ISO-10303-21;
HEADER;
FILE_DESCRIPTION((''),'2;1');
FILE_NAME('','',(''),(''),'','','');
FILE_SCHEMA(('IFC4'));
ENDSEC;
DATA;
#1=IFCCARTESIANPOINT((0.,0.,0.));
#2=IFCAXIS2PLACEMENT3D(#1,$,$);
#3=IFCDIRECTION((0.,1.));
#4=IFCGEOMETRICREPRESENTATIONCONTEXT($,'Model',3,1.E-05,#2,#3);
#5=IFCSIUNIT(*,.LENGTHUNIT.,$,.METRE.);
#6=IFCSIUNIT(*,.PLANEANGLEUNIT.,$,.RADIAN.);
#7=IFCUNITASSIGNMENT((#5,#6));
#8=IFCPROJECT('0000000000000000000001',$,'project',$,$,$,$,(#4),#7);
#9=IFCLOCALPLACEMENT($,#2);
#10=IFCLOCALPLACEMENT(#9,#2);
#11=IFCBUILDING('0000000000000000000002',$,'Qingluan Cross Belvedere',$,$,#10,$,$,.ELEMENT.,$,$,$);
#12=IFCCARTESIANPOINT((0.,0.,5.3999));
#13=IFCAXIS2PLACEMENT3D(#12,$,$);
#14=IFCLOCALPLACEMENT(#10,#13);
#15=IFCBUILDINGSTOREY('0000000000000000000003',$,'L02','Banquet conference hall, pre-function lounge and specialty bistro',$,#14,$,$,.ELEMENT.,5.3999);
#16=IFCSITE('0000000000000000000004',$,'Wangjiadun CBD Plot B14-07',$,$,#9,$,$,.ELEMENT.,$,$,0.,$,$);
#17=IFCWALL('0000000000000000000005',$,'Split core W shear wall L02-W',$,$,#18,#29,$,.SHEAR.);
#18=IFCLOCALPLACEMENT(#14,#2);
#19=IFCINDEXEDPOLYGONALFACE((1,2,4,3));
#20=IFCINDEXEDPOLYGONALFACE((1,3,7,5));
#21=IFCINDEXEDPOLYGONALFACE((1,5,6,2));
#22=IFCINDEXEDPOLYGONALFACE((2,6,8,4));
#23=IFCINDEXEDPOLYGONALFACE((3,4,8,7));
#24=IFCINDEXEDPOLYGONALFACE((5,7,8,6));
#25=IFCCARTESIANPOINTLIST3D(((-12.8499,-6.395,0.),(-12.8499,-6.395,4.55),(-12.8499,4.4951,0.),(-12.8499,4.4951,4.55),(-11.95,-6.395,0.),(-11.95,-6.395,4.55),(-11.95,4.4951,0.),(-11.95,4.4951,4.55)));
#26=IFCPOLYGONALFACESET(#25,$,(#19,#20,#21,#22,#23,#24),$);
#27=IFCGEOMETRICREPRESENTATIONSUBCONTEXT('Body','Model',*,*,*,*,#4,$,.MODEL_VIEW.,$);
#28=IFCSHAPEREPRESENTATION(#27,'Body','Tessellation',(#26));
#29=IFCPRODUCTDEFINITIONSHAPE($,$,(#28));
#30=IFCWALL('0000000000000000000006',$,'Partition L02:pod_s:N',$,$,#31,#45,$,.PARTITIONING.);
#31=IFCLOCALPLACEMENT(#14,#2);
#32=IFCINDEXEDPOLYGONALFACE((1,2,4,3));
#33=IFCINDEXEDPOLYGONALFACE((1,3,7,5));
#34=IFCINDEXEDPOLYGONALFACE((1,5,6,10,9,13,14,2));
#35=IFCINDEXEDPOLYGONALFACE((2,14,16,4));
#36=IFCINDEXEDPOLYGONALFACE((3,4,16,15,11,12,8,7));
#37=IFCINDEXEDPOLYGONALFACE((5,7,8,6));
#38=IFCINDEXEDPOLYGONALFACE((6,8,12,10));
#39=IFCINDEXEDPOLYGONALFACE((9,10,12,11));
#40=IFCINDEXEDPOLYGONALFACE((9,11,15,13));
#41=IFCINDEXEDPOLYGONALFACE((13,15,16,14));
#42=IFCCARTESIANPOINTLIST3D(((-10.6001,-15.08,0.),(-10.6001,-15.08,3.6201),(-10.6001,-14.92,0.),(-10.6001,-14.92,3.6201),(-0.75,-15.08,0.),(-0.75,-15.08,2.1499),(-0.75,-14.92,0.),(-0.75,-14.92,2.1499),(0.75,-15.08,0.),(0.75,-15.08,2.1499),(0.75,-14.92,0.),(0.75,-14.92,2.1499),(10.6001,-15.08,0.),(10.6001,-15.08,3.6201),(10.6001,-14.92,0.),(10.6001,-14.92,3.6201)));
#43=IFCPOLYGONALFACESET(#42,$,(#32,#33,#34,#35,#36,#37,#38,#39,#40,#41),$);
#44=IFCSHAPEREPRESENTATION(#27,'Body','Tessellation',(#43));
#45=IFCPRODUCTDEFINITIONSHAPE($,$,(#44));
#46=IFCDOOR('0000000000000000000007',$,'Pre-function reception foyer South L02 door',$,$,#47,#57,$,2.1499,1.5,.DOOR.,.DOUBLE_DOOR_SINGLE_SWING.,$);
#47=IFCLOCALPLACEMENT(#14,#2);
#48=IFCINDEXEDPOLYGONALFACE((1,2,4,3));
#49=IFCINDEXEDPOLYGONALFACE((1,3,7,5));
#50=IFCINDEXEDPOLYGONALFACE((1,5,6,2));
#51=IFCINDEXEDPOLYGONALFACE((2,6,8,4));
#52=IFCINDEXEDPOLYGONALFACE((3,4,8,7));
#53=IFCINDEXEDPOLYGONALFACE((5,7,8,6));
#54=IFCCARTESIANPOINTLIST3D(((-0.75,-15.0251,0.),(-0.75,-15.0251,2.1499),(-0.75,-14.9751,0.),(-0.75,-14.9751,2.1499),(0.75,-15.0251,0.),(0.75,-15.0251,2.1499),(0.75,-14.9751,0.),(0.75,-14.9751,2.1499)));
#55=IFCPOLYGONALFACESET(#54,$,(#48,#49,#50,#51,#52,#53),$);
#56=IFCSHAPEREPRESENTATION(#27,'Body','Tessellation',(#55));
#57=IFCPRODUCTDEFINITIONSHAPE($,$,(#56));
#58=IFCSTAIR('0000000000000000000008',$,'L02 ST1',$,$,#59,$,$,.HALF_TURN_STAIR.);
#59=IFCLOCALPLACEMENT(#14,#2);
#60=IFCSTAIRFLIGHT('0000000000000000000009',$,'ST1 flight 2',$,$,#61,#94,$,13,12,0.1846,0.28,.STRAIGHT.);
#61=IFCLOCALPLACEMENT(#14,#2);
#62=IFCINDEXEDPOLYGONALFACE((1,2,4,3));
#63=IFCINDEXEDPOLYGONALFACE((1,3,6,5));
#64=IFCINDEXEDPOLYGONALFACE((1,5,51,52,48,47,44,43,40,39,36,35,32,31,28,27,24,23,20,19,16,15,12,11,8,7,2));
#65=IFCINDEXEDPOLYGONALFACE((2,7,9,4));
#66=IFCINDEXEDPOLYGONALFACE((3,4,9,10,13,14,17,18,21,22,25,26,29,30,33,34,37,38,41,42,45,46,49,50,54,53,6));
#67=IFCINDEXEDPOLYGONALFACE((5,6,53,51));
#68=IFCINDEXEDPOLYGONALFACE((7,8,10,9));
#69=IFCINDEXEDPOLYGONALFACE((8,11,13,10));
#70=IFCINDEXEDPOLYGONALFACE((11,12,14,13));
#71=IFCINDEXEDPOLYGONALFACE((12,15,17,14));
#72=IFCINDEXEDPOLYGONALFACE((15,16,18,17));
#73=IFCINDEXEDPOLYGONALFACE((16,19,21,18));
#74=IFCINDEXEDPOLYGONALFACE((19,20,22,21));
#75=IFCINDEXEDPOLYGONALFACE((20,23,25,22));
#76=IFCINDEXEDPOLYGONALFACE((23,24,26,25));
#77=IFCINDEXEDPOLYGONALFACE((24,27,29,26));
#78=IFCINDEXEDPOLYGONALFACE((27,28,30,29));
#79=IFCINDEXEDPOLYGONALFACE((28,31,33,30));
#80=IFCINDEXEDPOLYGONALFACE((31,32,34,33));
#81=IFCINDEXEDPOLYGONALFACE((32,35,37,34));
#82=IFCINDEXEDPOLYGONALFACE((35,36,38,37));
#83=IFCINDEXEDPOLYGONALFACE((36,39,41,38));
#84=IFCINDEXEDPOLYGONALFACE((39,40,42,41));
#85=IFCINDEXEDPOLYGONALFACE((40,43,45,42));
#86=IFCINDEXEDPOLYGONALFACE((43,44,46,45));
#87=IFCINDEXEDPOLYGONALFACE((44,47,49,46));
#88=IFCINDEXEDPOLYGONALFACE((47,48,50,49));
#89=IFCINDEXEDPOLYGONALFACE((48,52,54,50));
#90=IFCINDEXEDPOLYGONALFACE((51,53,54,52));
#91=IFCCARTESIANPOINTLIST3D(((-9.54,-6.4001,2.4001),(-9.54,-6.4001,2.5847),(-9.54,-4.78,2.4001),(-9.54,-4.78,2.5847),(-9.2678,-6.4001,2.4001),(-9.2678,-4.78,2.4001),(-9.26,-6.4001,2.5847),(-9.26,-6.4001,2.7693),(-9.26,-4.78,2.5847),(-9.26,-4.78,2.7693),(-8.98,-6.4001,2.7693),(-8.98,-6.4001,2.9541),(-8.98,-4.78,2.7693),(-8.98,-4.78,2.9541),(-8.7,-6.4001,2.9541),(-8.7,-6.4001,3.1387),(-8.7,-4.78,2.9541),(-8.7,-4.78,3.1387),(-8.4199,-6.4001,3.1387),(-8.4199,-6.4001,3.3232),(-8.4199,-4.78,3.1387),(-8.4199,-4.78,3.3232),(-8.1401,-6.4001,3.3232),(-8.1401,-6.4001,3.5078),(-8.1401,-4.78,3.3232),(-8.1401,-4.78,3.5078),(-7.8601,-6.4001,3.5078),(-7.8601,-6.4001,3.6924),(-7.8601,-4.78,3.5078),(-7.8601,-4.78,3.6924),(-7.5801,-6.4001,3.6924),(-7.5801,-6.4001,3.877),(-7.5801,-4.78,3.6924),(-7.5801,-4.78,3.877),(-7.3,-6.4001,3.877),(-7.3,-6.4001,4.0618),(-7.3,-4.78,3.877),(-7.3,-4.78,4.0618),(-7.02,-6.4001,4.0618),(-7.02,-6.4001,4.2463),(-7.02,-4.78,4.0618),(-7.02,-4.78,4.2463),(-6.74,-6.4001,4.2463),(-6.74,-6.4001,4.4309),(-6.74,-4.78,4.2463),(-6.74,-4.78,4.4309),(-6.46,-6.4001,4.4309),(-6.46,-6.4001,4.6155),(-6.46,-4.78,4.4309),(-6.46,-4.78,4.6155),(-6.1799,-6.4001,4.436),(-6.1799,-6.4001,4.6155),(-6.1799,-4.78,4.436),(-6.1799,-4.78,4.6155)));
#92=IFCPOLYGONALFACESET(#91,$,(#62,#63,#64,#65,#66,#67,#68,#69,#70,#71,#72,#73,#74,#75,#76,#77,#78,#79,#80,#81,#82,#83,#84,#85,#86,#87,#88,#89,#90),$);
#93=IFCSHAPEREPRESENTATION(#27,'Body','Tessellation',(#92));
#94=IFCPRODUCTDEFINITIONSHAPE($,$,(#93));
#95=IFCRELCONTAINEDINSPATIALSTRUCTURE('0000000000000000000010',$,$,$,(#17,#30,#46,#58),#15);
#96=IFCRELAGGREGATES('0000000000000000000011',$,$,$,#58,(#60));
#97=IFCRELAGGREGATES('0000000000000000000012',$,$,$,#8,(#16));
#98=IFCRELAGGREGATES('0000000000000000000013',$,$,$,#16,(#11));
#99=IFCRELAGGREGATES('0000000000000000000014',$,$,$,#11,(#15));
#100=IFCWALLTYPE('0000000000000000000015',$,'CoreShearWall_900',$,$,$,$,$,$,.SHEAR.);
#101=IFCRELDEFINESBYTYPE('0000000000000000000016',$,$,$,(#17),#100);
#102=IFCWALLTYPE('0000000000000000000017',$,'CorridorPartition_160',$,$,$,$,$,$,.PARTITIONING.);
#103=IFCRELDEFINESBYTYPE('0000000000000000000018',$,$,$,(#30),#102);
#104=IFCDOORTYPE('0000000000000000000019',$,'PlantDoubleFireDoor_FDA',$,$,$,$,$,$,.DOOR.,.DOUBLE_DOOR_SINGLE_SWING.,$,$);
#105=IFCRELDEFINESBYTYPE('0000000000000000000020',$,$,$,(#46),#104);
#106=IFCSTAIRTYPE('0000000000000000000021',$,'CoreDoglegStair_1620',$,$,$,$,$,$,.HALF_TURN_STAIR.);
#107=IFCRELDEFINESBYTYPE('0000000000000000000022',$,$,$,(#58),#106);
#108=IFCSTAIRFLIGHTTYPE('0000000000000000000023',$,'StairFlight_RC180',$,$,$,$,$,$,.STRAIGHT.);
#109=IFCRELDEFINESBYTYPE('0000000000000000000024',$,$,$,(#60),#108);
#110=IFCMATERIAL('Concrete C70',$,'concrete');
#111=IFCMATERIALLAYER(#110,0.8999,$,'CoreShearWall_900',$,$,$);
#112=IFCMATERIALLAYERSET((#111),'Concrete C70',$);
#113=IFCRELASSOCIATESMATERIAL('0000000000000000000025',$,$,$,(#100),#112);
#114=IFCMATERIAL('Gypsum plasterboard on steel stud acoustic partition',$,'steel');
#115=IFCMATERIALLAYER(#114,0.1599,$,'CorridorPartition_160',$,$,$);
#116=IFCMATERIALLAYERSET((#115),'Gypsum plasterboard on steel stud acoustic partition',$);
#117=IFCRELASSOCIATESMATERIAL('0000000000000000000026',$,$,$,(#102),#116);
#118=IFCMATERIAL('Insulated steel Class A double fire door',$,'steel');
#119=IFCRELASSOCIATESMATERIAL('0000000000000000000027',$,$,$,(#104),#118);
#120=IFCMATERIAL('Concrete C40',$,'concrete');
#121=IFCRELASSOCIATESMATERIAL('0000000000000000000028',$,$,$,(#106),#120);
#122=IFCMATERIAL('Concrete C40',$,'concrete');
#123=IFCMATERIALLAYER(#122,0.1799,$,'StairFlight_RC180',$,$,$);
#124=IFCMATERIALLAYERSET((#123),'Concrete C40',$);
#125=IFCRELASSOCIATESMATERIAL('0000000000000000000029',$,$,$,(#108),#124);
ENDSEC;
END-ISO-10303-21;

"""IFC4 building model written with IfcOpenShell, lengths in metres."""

from ifc_helpers import new_model, si_unit, direction, frame, frame_2d, origin, place, context, subcontext, project, spatial, polyline, rectangle, outline, extrude, material, layer, layer_set, type_object, element, fill, aggregate, save


model = new_model("IFC4")

# Units and contexts
model_context = context("Model", 3, precision=1e-05, world=origin(), true_north=direction((0.0, 1.0)))
body_context = subcontext(model_context, "Body", "Model", "MODEL_VIEW")
ifc_project = project(units=[si_unit("LENGTHUNIT", "METRE"), si_unit("PLANEANGLEUNIT", "RADIAN")], contexts=[model_context])

# Site, building, storey
site_placement = place(None, origin())
site = spatial("IfcSite", under=ifc_project, at=site_placement, Name="Wangjiadun CBD Plot B14-07", CompositionType="ELEMENT", RefElevation=0.0)
building_placement = place(site_placement, origin())
building = spatial("IfcBuilding", under=site, at=building_placement, Name="Qingluan Cross Belvedere", CompositionType="ELEMENT")
storey_placement = place(building_placement, frame((0.0, 0.0, 5.3999)))
storey = spatial("IfcBuildingStorey", under=building, at=storey_placement, Name="L02", Description="Banquet conference hall, pre-function lounge and specialty bistro", CompositionType="ELEMENT", Elevation=5.3999)

# Wall
ifc_material_1 = material(Name="Concrete C70", Category="concrete")
ifc_layer_1 = layer(ifc_material_1, 0.8999, Name="CoreShearWall_900")
ifc_layer_set_1 = layer_set([ifc_layer_1], Name="Concrete C70")
wall_type_1 = type_object("IfcWallType", Name="CoreShearWall_900", PredefinedType="SHEAR", material=ifc_layer_set_1)
wall_1_placement = place(storey_placement, frame((-12.3999, -6.395, 0.0), z_axis=(0.0, 0.0, 1.0), x_axis=(0.0, 1.0, 0.0)))
element("IfcWall", 1, at=wall_1_placement, inside=storey, type_object=wall_type_1, Name="Split core W shear wall L02-W", PredefinedType="SHEAR", context=body_context, shape_type="SweptSolid", body=[
    extrude(rectangle(XDim=10.8901, YDim=0.8999, at=frame_2d((5.4451, 0.0))), origin(), (0.0, 0.0, 1.0), 4.55),
])

# Wall, opening, door
ifc_material_2 = material(Name="Gypsum plasterboard on steel stud acoustic partition", Category="steel")
ifc_layer_2 = layer(ifc_material_2, 0.1599, Name="CorridorPartition_160")
ifc_layer_set_2 = layer_set([ifc_layer_2], Name="Gypsum plasterboard on steel stud acoustic partition")
wall_type_2 = type_object("IfcWallType", Name="CorridorPartition_160", PredefinedType="PARTITIONING", material=ifc_layer_set_2)
wall_2_placement = place(storey_placement, frame((-10.6001, -15.0, 0.0), z_axis=(0.0, 0.0, 1.0), x_axis=(1.0, 0.0, 0.0)))
wall_2 = element("IfcWall", 2, at=wall_2_placement, inside=storey, type_object=wall_type_2, Name="Partition L02:pod_s:N", PredefinedType="PARTITIONING", context=body_context, shape_type="SweptSolid", body=[
    extrude(rectangle(XDim=21.2002, YDim=0.1599, at=frame_2d((10.6001, 0.0))), origin(), (0.0, 0.0, 1.0), 3.6201),
])
opening_1_placement = place(wall_2_placement, frame((9.8501, 0.0, 0.0)))
opening_1 = element("IfcOpeningElement", 3, at=opening_1_placement, cuts=wall_2, PredefinedType="OPENING", context=body_context, shape_type="SweptSolid", body=[
    extrude(rectangle(XDim=1.5, YDim=2.1499, at=frame_2d((0.75, 1.075))), frame((0.0, 0.0898, 0.0), z_axis=(0.0, -1.0, 0.0), x_axis=(1.0, 0.0, 0.0)), (0.0, 0.0, 1.0), 0.1799),
])
ifc_material_3 = material(Name="Insulated steel Class A double fire door", Category="steel")
door_type_1 = type_object("IfcDoorType", Name="PlantDoubleFireDoor_FDA", OperationType="DOUBLE_DOOR_SINGLE_SWING", PredefinedType="DOOR", material=ifc_material_3)
door_1_placement = place(opening_1_placement, origin())
door_1 = element("IfcDoor", 4, at=door_1_placement, inside=storey, type_object=door_type_1, Name="Pre-function reception foyer South L02 door", OperationType="DOUBLE_DOOR_SINGLE_SWING", OverallHeight=2.1499, OverallWidth=1.5, PredefinedType="DOOR", context=body_context, shape_type="SweptSolid", body=[
    extrude(rectangle(XDim=1.5, YDim=2.1499, at=frame_2d((0.75, 1.075))), frame((0.0, 0.0249, 0.0), z_axis=(0.0, -1.0, 0.0), x_axis=(1.0, 0.0, 0.0)), (0.0, 0.0, 1.0), 0.05),
])
fill(opening_1, door_1)

# Stair, stair flight
ifc_material_4 = material(Name="Concrete C40", Category="concrete")
stair_type = type_object("IfcStairType", Name="CoreDoglegStair_1620", PredefinedType="HALF_TURN_STAIR", material=ifc_material_4)
stair_placement = place(storey_placement, origin())
stair = element("IfcStair", 5, at=stair_placement, inside=storey, type_object=stair_type, Name="L02 ST1", PredefinedType="HALF_TURN_STAIR")
ifc_material_5 = material(Name="Concrete C40", Category="concrete")
ifc_layer_3 = layer(ifc_material_5, 0.1799, Name="StairFlight_RC180")
ifc_layer_set_3 = layer_set([ifc_layer_3], Name="Concrete C40")
stair_flight_type = type_object("IfcStairFlightType", Name="StairFlight_RC180", PredefinedType="STRAIGHT", material=ifc_layer_set_3)
stair_flight_placement = place(storey_placement, frame((-9.54, -5.5901, 2.4001), z_axis=(0.0, 0.0, 1.0), x_axis=(1.0, 0.0, 0.0)))
stair_flight = element("IfcStairFlight", 6, at=stair_flight_placement, type_object=stair_flight_type, Name="ST1 flight 2", NumberOfRisers=13, NumberOfTreads=12, PredefinedType="STRAIGHT", RiserHeight=0.1846, TreadLength=0.28, context=body_context, shape_type="SweptSolid", body=[
    extrude(outline(polyline([(0.0, 0.0), (0.0, 0.1846), (0.28, 0.1846), (0.28, 0.3691), (0.5601, 0.3691), (0.5601, 0.554), (0.8401, 0.554), (0.8401, 0.7385), (1.1201, 0.7385), (1.1201, 0.9231), (1.3999, 0.9231), (1.3999, 1.1077), (1.6799, 1.1077), (1.6799, 1.2922), (1.96, 1.2922), (1.96, 1.4768), (2.24, 1.4768), (2.24, 1.6616), (2.52, 1.6616), (2.52, 1.8462), (2.8, 1.8462), (2.8, 2.0308), (3.0801, 2.0308), (3.0801, 2.2153), (3.3601, 2.2153), (3.3601, 2.3999), (3.3601, 2.0359), (0.2722, 0.0), (0.0, 0.0)])), frame((0.0, 0.8101, 0.0), z_axis=(0.0, -1.0, 0.0), x_axis=(1.0, 0.0, 0.0)), (0.0, 0.0, 1.0), 1.6201),
])
aggregate(stair, [stair_flight])

save(model, "model.ifc")
